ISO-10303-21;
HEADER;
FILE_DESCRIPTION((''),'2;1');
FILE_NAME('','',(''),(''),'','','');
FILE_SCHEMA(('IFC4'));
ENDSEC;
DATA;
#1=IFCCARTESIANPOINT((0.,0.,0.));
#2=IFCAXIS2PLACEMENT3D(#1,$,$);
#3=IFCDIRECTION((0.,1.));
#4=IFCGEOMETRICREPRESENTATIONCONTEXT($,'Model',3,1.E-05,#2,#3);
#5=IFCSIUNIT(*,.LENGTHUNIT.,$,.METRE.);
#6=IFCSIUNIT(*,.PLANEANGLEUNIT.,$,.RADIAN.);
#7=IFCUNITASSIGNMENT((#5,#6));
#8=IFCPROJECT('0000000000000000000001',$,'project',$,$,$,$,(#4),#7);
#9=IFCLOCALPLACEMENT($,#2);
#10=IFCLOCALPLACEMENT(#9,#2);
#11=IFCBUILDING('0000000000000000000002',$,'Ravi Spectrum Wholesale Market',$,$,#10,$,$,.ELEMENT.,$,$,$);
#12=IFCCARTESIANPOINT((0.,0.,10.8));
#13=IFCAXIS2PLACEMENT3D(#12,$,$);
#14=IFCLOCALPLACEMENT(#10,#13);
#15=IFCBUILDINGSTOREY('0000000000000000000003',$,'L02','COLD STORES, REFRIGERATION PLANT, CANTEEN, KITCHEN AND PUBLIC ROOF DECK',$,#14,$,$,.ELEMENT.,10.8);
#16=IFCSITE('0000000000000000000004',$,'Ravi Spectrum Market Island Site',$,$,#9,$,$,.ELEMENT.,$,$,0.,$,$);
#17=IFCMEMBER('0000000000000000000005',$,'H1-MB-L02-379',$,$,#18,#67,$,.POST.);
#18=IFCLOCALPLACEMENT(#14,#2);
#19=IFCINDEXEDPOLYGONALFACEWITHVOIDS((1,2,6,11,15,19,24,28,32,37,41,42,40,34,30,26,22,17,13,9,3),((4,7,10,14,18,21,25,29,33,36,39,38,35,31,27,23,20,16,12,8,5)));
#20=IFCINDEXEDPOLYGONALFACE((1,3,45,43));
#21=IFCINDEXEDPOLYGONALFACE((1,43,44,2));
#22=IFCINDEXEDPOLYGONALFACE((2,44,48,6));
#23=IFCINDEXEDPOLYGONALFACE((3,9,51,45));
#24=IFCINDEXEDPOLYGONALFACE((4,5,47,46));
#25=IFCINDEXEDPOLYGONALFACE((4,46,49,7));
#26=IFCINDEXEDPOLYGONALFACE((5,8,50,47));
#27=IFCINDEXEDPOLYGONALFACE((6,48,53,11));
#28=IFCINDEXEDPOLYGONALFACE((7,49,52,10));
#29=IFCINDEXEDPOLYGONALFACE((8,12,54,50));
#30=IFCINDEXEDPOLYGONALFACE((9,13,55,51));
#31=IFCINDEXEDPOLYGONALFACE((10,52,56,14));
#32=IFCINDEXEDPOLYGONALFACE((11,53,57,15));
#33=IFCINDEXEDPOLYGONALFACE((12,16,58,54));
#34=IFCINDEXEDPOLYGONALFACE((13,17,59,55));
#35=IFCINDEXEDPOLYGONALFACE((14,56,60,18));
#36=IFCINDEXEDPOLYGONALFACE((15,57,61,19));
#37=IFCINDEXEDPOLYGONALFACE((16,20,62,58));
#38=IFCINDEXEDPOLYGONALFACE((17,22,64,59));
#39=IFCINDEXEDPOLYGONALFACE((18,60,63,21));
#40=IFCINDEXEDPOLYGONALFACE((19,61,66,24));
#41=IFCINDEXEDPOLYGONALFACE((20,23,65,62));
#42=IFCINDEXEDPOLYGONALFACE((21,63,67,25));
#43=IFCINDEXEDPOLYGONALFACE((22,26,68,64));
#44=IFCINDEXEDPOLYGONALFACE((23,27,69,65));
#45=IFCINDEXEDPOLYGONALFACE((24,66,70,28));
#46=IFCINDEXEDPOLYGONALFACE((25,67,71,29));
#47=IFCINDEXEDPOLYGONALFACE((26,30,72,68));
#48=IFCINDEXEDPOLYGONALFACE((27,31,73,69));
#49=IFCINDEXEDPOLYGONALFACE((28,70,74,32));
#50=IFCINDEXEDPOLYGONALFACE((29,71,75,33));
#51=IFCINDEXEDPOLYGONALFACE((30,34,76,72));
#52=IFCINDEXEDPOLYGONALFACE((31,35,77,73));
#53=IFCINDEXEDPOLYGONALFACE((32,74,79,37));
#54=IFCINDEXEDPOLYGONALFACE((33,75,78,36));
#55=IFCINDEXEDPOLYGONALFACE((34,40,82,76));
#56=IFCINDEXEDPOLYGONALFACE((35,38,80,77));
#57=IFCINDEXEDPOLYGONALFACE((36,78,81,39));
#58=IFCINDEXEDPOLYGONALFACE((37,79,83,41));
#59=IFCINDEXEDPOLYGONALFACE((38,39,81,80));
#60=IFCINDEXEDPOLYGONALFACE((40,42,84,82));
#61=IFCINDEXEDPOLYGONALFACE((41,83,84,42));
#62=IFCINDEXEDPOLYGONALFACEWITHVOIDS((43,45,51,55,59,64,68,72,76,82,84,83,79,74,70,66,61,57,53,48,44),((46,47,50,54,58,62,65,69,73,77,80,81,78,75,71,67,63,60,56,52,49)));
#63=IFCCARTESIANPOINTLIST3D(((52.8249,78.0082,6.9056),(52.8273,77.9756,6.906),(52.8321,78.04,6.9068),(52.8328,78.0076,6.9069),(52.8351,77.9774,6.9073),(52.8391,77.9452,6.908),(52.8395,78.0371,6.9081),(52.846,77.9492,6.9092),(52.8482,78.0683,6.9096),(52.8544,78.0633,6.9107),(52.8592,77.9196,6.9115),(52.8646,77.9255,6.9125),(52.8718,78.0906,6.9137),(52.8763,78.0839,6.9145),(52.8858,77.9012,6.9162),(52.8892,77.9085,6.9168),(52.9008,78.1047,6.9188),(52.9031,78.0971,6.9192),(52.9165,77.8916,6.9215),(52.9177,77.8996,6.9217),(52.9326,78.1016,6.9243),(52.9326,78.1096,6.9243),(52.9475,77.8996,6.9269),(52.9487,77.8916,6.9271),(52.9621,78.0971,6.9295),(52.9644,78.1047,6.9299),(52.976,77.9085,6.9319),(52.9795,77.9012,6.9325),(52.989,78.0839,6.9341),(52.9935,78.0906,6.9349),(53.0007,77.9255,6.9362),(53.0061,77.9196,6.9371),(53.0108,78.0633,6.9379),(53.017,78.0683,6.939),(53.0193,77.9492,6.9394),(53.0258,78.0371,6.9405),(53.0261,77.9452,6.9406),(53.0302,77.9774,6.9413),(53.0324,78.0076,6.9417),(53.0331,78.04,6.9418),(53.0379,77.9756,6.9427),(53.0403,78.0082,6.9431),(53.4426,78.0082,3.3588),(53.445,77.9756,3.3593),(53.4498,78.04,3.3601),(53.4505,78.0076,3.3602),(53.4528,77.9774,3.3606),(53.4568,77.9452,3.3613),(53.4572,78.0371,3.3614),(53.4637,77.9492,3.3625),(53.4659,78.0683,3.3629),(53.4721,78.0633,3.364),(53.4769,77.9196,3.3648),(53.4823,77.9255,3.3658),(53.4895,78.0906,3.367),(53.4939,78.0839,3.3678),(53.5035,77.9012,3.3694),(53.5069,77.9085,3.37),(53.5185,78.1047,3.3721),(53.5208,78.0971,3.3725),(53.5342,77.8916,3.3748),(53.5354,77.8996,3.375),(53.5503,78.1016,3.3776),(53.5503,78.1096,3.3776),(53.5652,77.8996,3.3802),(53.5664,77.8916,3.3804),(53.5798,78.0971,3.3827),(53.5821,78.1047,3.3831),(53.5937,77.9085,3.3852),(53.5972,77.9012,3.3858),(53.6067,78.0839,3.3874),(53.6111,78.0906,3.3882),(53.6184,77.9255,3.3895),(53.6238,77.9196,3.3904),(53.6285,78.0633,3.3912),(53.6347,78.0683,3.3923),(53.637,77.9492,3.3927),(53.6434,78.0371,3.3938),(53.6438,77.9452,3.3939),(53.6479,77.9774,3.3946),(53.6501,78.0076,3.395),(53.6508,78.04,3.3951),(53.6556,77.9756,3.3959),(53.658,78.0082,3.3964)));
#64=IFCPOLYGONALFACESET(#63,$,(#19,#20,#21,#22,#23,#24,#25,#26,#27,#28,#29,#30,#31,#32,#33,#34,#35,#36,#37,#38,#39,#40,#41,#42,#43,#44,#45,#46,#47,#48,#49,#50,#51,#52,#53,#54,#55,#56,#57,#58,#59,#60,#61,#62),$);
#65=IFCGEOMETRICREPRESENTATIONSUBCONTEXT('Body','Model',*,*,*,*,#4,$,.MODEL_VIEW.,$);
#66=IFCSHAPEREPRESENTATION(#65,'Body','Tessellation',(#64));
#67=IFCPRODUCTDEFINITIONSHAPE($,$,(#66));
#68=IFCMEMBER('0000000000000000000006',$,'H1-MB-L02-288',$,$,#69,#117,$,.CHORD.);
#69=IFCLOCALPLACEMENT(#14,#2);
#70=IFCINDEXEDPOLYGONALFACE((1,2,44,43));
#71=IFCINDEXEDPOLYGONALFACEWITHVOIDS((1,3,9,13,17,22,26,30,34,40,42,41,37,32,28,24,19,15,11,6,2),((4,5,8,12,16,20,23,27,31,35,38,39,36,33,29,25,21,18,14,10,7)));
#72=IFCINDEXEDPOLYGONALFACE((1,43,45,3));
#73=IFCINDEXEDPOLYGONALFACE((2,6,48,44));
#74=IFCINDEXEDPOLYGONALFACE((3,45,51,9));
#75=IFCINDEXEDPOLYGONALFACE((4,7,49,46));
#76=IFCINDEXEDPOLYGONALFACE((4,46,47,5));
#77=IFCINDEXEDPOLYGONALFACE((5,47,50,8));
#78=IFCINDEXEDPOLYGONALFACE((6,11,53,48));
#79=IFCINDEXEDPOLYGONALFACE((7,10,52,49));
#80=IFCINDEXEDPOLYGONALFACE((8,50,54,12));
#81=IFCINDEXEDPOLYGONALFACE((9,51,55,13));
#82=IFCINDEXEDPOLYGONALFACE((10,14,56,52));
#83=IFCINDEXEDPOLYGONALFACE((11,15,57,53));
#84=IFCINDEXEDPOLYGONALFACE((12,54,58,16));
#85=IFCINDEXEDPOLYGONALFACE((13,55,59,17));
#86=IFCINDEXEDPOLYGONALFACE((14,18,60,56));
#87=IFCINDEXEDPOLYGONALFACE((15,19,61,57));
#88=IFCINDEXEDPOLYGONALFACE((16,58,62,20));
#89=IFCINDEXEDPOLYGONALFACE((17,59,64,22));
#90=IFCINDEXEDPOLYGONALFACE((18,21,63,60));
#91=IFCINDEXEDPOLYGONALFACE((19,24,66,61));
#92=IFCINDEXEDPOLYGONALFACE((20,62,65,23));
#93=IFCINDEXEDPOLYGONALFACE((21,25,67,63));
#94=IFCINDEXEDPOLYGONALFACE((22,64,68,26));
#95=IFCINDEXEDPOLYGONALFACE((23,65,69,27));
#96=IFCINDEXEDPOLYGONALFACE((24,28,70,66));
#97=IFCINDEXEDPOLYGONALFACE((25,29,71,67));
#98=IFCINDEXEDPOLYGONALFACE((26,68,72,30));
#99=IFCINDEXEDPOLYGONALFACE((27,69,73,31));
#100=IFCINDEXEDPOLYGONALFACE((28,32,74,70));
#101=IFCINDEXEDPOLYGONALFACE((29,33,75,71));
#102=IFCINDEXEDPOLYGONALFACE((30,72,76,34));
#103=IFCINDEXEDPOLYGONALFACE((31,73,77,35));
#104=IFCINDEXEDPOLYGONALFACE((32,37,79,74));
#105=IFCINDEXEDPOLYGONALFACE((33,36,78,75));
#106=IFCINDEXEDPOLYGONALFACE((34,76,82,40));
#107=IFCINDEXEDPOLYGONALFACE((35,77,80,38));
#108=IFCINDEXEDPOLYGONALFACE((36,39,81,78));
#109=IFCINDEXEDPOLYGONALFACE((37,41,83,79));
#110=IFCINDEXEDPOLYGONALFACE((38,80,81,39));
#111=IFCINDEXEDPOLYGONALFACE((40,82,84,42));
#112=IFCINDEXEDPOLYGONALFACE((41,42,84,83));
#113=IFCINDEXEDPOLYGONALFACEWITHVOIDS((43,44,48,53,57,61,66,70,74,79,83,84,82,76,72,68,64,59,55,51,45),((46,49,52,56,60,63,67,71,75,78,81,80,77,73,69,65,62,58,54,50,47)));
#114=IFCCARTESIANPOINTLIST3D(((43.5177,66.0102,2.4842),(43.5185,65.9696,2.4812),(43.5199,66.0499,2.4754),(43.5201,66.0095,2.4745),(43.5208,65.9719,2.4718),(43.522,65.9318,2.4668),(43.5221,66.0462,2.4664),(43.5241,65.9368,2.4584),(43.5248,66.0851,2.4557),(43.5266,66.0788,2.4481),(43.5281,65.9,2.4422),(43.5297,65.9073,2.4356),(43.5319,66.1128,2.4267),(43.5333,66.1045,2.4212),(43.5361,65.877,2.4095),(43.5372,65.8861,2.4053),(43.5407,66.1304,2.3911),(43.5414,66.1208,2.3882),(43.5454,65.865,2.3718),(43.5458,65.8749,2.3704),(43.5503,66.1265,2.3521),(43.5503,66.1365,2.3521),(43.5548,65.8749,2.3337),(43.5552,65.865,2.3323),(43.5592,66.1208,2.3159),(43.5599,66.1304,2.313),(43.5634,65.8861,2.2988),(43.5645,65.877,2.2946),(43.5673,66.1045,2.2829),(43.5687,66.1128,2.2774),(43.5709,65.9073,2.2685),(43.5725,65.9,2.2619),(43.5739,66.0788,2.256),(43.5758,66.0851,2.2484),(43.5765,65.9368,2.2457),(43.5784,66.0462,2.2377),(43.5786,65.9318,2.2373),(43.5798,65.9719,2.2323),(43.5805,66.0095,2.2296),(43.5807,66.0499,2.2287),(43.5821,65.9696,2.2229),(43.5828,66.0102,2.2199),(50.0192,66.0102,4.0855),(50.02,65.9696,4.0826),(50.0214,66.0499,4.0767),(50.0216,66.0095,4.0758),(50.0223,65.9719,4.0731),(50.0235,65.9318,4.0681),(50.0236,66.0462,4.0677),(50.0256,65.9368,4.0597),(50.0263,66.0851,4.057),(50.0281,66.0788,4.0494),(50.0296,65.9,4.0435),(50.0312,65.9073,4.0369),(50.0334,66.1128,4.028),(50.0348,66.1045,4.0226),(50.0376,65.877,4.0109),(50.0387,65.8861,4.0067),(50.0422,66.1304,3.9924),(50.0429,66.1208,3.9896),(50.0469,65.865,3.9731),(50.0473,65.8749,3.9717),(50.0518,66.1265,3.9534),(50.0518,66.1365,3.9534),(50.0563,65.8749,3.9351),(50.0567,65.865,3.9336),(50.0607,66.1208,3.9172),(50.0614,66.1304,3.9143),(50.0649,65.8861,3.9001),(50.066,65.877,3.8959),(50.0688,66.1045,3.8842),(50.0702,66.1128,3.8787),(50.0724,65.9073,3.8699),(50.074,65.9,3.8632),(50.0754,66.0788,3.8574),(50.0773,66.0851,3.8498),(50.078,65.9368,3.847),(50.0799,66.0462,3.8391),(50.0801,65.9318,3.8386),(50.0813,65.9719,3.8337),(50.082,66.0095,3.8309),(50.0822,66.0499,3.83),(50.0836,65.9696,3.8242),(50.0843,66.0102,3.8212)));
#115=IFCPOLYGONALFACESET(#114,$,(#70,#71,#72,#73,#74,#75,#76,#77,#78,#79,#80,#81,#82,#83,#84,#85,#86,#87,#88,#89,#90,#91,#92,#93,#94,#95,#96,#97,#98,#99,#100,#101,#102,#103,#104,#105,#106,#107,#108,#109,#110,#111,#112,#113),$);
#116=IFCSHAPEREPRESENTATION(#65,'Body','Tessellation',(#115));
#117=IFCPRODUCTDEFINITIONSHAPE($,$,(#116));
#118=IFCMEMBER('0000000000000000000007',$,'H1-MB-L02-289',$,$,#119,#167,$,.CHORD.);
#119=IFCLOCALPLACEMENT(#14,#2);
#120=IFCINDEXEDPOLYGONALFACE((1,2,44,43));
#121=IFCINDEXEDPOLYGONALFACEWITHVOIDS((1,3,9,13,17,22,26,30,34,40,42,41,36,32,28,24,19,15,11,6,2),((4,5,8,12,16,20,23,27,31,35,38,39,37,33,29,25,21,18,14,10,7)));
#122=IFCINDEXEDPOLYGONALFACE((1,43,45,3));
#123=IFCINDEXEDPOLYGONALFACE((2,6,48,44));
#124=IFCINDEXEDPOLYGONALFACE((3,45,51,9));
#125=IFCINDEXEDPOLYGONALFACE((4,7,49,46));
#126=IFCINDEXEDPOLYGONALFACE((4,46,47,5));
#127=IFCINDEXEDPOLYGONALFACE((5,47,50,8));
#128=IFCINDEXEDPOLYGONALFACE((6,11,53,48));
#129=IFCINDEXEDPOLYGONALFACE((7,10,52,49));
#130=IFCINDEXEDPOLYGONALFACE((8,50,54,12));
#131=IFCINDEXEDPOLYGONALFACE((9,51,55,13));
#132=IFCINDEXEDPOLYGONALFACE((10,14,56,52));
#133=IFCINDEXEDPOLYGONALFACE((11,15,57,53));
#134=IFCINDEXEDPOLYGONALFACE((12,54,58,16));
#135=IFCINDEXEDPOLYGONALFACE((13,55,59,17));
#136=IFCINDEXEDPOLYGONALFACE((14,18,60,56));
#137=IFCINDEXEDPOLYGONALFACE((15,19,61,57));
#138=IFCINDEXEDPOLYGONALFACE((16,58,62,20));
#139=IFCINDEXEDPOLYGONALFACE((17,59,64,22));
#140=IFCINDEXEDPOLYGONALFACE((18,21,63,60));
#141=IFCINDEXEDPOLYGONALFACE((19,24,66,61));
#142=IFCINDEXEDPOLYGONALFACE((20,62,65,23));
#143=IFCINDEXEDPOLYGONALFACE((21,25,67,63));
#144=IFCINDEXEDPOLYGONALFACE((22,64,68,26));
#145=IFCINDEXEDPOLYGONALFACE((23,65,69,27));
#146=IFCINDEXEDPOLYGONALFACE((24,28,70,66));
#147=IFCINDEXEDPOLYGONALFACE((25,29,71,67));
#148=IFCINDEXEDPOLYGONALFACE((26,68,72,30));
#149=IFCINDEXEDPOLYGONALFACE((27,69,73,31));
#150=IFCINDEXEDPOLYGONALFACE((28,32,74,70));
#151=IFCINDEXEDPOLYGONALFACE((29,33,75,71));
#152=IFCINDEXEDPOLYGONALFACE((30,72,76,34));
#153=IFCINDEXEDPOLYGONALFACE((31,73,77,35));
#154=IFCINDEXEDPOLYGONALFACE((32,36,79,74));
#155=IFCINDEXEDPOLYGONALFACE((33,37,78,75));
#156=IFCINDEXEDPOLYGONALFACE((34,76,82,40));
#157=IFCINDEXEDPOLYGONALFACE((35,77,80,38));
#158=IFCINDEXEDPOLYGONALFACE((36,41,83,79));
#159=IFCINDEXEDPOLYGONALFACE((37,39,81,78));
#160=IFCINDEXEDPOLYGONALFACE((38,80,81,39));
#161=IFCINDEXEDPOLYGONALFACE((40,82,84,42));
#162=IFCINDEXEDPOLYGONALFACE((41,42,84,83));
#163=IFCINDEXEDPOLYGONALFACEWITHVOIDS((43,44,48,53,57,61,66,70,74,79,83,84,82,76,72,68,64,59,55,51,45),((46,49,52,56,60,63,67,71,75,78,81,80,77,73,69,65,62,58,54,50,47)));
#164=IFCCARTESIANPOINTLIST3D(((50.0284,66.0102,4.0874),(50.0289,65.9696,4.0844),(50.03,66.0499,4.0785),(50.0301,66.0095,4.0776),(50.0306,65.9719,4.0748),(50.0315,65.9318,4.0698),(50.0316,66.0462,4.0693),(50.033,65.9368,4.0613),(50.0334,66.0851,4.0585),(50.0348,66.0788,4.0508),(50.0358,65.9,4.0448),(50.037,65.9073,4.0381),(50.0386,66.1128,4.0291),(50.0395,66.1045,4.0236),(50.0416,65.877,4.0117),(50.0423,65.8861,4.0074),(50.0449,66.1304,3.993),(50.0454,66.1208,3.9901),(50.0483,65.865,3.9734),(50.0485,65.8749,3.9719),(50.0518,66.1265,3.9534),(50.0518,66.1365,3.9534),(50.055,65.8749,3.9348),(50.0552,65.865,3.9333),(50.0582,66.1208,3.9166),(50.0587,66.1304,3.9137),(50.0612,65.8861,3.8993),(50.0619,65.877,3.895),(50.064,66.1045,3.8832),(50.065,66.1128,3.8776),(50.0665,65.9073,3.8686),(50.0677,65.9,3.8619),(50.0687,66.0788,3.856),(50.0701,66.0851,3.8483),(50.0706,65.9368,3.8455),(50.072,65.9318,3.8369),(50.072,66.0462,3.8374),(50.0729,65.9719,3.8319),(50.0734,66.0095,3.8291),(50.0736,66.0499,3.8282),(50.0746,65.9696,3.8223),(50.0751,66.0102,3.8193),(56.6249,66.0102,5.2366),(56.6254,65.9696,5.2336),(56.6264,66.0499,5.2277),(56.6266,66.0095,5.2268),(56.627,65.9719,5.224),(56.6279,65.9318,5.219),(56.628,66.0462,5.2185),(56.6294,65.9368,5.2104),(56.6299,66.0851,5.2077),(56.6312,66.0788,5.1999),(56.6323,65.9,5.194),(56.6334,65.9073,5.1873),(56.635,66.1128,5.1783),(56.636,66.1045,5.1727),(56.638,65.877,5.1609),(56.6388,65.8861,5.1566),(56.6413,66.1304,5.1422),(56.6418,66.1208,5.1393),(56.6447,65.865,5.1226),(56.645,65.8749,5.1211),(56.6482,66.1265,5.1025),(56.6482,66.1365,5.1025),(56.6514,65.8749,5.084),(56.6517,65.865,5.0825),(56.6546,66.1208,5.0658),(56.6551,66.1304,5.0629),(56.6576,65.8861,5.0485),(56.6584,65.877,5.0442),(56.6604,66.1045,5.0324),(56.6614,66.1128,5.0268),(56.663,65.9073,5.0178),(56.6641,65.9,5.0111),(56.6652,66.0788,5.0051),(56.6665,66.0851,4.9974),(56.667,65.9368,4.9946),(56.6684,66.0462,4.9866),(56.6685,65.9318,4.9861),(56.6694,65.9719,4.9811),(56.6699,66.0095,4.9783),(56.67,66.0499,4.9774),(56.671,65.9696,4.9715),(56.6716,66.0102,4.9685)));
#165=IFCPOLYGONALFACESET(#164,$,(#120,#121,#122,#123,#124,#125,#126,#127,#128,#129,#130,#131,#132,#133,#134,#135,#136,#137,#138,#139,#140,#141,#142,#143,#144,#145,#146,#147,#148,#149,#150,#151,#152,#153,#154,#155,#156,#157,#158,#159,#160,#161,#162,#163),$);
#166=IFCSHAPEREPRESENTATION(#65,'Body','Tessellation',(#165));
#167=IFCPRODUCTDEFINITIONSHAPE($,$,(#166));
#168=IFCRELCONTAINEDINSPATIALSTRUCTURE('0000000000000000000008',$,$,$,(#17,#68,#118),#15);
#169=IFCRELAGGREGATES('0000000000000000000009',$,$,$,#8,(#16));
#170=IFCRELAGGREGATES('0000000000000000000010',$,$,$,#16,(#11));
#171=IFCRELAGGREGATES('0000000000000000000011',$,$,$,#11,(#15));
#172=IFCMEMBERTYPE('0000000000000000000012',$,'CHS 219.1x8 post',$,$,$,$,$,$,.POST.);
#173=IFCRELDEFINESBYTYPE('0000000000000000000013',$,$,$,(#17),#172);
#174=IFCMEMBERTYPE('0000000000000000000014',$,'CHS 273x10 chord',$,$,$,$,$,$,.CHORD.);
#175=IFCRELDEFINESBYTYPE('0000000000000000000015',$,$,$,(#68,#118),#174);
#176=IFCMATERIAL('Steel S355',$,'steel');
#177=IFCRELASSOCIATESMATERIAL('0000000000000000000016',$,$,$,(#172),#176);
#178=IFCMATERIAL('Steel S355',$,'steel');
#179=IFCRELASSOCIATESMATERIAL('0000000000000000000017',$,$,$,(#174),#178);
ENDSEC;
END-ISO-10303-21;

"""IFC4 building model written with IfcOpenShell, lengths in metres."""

from ifc_helpers import new_model, si_unit, direction, frame, origin, origin_2d, place, context, subcontext, project, spatial, hollow_circle, extrude, material, material_profile, profile_set, type_object, element, save


model = new_model("IFC4")

# Units and contexts
model_context = context("Model", 3, precision=1e-05, world=origin(), true_north=direction((0.0, 1.0)))
body_context = subcontext(model_context, "Body", "Model", "MODEL_VIEW")
ifc_project = project(units=[si_unit("LENGTHUNIT", "METRE"), si_unit("PLANEANGLEUNIT", "RADIAN")], contexts=[model_context])

# Site, building, storey
site_placement = place(None, origin())
site = spatial("IfcSite", under=ifc_project, at=site_placement, Name="Ravi Spectrum Market Island Site", CompositionType="ELEMENT", RefElevation=0.0)
building_placement = place(site_placement, origin())
building = spatial("IfcBuilding", under=site, at=building_placement, Name="Ravi Spectrum Wholesale Market", CompositionType="ELEMENT")
storey_placement = place(building_placement, frame((0.0, 0.0, 10.8)))
storey = spatial("IfcBuildingStorey", under=building, at=storey_placement, Name="L02", Description="COLD STORES, REFRIGERATION PLANT, CANTEEN, KITCHEN AND PUBLIC ROOF DECK", CompositionType="ELEMENT", Elevation=10.8)

# Members
ifc_material_1 = material(Name="Steel S355", Category="steel")
ifc_material_profile_1 = material_profile(ifc_material_1, hollow_circle(Radius=0.1096, WallThickness=0.0081, at=origin_2d()))
ifc_profile_set_1 = profile_set([ifc_material_profile_1], Name="Steel S355")
member_type_1 = type_object("IfcMemberType", Name="CHS 219.1x8 post", PredefinedType="POST", material=ifc_profile_set_1)
for number, where, z_axis, x_axis, name in (
    (1, (52.9326, 78.0, 6.9243), (0.171576, 0.0, -0.985171), (0.0, 1.0, 0.0), "H1-MB-L02-379"),
):
    element("IfcMember", number, at=place(storey_placement, frame(where, z_axis=z_axis, x_axis=x_axis)), inside=storey, type_object=member_type_1, Name=name, PredefinedType="POST", context=body_context, shape_type="SweptSolid", body=[
        extrude(hollow_circle(Radius=0.1096, WallThickness=0.0081, at=origin_2d()), origin(), (0.0, 0.0, 1.0), 3.6001),
    ])
ifc_material_2 = material(Name="Steel S355", Category="steel")
ifc_material_profile_2 = material_profile(ifc_material_2, hollow_circle(Radius=0.1365, WallThickness=0.01, at=origin_2d()))
ifc_profile_set_2 = profile_set([ifc_material_profile_2], Name="Steel S355")
member_type_2 = type_object("IfcMemberType", Name="CHS 273x10 chord", PredefinedType="CHORD", material=ifc_profile_set_2)
for number, where, z_axis, x_axis, name in (
    (2, (43.5503, 66.0, 2.3521), (0.970982, 0.0, 0.239154), (0.0, 1.0, 0.0), "H1-MB-L02-288"),
    (3, (50.0518, 66.0, 3.9534), (0.985162, 0.0, 0.171626), (0.0, 1.0, 0.0), "H1-MB-L02-289"),
):
    element("IfcMember", number, at=place(storey_placement, frame(where, z_axis=z_axis, x_axis=x_axis)), inside=storey, type_object=member_type_2, Name=name, PredefinedType="CHORD", context=body_context, shape_type="SweptSolid", body=[
        extrude(hollow_circle(Radius=0.1365, WallThickness=0.01, at=origin_2d()), origin(), (0.0, 0.0, 1.0), 6.6958),
    ])

save(model, "model.ifc")
